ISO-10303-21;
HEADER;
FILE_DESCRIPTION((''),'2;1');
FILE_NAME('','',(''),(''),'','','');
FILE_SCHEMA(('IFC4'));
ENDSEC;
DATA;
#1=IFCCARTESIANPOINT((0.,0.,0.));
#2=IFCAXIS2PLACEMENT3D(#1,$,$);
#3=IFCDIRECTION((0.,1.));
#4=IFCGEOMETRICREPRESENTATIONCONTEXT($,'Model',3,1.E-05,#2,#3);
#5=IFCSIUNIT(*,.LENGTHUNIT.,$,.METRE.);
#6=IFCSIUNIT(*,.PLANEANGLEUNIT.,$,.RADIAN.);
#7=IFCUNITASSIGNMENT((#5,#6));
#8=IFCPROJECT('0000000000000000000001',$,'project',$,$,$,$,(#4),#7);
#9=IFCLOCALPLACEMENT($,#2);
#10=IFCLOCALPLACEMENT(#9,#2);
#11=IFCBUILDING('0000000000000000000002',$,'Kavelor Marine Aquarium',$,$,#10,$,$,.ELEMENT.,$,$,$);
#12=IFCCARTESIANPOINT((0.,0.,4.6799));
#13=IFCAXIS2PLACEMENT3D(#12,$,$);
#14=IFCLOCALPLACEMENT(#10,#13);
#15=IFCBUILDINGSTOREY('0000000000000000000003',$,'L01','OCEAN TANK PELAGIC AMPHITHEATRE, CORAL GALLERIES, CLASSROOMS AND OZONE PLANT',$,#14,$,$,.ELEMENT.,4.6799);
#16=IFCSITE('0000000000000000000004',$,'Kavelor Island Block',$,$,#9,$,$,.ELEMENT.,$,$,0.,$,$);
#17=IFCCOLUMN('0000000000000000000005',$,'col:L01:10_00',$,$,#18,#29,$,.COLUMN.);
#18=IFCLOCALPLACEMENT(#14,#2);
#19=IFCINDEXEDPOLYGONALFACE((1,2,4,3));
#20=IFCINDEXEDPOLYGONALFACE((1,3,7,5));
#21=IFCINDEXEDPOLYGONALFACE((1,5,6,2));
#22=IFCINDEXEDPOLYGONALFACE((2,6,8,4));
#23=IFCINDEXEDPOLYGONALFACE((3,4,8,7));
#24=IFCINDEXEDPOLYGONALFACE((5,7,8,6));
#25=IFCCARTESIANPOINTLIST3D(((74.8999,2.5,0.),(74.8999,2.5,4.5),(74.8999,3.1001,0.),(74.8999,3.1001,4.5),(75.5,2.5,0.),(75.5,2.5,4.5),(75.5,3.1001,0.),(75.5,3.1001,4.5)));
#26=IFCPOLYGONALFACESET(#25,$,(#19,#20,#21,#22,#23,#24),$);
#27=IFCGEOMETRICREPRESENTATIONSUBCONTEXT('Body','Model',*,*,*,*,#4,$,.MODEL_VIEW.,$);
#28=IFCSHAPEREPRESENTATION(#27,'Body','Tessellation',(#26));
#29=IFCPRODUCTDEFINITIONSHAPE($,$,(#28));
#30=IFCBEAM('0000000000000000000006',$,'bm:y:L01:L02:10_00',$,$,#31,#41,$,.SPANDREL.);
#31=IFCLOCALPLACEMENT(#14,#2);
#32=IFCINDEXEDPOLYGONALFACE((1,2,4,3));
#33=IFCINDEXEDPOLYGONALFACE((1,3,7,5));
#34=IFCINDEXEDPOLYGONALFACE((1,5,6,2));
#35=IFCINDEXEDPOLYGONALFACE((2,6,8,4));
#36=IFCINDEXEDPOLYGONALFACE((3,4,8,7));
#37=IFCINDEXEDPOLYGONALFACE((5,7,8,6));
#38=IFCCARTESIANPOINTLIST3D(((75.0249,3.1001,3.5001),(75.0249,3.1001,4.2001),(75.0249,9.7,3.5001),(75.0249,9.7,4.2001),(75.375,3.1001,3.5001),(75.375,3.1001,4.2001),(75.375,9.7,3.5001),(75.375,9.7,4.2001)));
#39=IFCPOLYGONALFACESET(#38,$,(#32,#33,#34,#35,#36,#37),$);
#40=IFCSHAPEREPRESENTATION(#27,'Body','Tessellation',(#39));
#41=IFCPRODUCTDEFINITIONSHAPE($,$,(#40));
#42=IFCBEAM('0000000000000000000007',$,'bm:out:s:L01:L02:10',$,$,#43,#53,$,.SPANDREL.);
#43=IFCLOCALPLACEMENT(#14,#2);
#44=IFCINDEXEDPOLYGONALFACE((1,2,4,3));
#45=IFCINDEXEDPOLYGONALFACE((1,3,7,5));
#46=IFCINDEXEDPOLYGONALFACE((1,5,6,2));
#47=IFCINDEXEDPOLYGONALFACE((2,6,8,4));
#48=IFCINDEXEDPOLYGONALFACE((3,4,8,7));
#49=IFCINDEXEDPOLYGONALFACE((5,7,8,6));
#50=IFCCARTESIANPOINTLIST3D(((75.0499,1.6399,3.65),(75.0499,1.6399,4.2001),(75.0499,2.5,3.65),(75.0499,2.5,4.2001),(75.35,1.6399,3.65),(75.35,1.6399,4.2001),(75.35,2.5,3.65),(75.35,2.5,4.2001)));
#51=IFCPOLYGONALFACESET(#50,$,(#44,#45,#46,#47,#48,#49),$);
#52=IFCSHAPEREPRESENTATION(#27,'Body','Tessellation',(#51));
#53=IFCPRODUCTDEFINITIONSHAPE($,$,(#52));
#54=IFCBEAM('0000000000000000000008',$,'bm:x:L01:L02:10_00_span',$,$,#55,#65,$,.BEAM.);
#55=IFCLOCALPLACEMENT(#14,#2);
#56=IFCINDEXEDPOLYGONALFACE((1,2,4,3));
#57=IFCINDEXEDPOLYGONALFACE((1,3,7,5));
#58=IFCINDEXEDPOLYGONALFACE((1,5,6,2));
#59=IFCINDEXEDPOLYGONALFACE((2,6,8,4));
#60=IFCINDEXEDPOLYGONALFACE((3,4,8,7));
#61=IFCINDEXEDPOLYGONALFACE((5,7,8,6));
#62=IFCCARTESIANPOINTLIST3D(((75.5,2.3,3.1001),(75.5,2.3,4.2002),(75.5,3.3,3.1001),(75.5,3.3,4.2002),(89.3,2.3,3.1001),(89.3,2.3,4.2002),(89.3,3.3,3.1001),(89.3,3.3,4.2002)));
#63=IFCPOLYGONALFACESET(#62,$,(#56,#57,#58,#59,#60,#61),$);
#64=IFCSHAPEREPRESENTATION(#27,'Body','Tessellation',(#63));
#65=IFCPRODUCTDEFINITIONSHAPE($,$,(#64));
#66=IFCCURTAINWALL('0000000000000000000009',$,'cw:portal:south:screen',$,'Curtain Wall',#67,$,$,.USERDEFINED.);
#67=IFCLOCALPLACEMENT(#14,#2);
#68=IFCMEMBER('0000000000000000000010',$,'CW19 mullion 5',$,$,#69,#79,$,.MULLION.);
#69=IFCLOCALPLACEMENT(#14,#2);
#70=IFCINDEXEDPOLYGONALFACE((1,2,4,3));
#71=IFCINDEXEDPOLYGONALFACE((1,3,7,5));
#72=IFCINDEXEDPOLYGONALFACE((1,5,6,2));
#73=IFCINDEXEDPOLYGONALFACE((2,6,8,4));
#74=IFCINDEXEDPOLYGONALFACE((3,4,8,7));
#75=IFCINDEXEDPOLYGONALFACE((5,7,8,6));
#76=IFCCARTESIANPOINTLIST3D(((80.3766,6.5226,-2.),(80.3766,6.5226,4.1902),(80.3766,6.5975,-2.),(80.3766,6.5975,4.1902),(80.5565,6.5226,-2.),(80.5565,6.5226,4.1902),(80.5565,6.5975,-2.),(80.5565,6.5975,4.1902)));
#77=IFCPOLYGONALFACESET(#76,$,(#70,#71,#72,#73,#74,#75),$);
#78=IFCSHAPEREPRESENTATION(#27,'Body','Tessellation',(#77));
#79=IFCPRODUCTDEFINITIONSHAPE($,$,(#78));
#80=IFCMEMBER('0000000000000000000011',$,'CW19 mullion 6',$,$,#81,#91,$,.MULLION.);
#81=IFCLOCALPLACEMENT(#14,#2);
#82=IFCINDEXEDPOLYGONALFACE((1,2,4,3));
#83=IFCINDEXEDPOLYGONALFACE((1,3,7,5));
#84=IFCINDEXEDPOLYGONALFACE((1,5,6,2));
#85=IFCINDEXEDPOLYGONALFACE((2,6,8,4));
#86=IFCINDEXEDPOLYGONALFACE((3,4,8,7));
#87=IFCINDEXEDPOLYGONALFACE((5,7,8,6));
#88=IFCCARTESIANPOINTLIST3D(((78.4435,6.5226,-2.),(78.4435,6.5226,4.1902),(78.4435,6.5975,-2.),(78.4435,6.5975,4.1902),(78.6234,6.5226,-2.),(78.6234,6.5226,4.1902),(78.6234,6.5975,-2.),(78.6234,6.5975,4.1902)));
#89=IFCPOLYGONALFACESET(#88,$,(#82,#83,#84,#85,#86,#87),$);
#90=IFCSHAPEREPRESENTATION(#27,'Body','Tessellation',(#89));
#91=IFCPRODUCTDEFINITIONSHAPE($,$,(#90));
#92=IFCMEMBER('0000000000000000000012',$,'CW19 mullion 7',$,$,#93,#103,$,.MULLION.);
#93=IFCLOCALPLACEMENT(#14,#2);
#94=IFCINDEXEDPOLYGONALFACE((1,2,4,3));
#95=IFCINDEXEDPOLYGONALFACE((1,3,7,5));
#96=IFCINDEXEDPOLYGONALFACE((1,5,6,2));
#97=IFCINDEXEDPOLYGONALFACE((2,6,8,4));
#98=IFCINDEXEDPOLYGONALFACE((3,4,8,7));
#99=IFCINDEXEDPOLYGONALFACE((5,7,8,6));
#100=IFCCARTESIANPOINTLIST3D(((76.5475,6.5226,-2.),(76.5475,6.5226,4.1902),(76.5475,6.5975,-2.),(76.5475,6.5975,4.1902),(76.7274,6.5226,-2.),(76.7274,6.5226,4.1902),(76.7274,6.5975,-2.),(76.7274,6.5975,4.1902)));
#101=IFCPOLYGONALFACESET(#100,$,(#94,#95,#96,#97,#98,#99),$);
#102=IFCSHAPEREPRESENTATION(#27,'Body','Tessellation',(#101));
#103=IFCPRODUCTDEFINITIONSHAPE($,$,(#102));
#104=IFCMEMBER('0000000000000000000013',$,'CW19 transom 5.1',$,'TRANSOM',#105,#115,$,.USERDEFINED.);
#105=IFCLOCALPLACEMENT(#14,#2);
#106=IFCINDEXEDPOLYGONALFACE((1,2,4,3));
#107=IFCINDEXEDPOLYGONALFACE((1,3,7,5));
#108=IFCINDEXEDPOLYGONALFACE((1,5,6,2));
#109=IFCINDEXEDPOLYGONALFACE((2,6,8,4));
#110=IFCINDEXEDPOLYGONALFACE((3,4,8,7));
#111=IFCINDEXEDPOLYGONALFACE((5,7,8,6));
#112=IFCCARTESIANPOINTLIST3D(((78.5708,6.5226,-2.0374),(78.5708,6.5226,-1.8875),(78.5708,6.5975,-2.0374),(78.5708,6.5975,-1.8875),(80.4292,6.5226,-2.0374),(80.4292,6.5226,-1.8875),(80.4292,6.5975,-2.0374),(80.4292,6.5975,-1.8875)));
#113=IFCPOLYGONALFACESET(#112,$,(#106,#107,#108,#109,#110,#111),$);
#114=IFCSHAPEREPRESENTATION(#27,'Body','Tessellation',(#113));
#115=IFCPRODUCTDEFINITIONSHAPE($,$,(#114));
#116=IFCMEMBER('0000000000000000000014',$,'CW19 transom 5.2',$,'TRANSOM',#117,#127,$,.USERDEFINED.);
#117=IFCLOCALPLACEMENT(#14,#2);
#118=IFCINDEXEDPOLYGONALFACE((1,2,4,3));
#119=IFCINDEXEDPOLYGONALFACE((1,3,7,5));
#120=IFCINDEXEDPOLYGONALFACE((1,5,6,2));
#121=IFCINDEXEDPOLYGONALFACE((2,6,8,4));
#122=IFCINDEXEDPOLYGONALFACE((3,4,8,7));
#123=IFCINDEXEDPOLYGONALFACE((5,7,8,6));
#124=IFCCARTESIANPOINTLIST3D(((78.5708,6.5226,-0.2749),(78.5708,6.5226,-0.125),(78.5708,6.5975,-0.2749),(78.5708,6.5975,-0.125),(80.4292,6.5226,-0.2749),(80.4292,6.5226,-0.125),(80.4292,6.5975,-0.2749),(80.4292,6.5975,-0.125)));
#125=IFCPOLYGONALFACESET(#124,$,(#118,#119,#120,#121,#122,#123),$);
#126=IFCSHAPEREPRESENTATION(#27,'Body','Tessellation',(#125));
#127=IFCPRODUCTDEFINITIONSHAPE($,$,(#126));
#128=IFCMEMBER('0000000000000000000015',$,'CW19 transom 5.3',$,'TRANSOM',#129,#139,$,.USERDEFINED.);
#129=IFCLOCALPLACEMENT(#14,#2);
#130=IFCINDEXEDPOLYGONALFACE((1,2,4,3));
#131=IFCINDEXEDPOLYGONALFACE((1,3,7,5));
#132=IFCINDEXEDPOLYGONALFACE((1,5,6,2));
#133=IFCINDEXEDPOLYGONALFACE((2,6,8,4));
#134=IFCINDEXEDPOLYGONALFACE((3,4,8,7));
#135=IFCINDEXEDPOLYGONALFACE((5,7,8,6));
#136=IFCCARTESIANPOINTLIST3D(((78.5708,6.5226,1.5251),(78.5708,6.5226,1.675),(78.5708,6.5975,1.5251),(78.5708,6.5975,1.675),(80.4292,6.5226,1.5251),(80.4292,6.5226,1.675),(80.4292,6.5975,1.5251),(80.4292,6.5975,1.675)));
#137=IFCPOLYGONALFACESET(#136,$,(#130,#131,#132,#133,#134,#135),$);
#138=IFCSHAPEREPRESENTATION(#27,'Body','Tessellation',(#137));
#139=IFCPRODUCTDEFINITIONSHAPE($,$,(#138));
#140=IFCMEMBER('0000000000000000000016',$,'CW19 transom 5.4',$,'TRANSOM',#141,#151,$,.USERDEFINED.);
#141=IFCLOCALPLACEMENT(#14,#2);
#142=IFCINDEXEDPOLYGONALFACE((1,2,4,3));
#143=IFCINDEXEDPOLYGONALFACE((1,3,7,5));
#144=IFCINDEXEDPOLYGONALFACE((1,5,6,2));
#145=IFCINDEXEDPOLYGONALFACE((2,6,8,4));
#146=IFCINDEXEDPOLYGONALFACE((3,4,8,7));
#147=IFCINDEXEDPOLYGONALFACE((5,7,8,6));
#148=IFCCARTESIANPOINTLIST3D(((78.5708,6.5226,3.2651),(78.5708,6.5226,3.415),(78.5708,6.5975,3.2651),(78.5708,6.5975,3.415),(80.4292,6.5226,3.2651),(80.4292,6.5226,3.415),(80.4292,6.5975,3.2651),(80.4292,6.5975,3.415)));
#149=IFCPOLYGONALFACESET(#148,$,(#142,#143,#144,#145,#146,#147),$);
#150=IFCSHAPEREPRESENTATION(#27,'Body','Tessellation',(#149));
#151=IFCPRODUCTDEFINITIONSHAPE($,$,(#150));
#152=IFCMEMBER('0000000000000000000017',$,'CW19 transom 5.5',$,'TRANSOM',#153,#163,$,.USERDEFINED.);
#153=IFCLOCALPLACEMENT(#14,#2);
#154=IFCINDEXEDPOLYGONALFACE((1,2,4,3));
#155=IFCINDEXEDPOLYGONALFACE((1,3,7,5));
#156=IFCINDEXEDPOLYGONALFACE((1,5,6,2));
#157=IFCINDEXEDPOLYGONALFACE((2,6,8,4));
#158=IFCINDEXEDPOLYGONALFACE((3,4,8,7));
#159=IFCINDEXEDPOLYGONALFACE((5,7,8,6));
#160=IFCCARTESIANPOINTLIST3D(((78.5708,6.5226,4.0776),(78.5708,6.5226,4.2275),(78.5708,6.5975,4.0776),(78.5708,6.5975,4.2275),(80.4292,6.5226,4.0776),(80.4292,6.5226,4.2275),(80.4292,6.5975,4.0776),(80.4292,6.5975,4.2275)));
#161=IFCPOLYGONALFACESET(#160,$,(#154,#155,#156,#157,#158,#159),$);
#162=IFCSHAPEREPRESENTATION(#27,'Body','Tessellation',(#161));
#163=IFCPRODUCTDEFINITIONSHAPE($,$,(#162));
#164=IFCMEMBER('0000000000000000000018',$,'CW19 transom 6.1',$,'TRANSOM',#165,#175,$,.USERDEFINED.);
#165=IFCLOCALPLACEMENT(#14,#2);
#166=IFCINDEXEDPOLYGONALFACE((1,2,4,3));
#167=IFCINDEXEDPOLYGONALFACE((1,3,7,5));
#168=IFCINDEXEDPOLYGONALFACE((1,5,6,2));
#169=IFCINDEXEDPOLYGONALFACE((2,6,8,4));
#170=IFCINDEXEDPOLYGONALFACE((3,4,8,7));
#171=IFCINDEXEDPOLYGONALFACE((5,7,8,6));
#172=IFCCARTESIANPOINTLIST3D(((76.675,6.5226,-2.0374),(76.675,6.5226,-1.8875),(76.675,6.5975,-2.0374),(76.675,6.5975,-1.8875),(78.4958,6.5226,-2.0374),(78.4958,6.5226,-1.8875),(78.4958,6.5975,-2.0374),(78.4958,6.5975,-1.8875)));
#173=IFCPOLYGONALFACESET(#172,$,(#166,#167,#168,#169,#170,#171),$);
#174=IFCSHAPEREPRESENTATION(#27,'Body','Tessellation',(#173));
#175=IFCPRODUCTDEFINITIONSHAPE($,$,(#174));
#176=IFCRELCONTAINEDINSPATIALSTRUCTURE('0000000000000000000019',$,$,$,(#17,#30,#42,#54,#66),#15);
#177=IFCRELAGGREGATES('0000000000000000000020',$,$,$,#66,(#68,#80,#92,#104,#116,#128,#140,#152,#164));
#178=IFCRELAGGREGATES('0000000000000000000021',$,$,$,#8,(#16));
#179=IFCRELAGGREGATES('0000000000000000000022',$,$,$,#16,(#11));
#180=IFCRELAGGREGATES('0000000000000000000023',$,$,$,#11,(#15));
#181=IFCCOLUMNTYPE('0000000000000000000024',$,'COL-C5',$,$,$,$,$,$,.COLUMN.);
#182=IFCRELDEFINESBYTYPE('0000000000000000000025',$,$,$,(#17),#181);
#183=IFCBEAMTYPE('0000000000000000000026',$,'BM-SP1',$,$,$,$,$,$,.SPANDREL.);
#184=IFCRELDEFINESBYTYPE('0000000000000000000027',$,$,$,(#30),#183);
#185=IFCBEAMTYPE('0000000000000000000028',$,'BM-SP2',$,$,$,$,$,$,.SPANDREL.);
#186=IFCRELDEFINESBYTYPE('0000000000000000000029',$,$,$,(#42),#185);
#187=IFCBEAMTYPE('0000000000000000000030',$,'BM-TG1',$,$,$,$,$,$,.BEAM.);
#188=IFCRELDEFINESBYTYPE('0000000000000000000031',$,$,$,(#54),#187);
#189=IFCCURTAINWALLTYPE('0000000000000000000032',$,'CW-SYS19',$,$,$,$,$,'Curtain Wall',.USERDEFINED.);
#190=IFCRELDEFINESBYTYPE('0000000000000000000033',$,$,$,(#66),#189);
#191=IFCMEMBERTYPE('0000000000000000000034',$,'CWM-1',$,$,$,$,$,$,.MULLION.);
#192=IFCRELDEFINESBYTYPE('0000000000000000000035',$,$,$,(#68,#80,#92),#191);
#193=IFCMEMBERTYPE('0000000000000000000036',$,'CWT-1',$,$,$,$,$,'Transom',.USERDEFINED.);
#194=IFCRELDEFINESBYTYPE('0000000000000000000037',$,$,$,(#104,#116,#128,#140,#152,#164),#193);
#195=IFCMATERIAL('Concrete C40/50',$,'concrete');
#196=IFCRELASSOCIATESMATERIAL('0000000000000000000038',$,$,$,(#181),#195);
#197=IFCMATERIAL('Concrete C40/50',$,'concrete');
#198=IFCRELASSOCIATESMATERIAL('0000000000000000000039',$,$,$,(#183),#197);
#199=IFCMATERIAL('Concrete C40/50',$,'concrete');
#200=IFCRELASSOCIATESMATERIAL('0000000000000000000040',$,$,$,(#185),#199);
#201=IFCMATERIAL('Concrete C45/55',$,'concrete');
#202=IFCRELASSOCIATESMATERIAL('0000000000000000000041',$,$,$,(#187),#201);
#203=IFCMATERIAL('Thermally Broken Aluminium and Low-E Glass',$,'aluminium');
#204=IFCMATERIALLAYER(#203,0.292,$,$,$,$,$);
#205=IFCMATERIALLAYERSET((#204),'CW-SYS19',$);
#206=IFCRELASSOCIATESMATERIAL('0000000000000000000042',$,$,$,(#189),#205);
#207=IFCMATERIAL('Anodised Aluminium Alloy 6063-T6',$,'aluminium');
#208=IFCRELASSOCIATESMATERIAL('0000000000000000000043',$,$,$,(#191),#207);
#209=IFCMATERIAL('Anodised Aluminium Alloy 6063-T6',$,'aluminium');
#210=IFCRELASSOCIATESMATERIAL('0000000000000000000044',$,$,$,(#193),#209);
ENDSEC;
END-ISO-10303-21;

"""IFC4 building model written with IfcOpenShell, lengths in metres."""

from ifc_helpers import new_model, si_unit, direction, frame, origin, origin_2d, place, context, subcontext, project, spatial, rectangle, extrude, material, layer, layer_set, material_profile, profile_set, type_object, element, aggregate, save


model = new_model("IFC4")

# Units and contexts
model_context = context("Model", 3, precision=1e-05, world=origin(), true_north=direction((0.0, 1.0)))
body_context = subcontext(model_context, "Body", "Model", "MODEL_VIEW")
ifc_project = project(units=[si_unit("LENGTHUNIT", "METRE"), si_unit("PLANEANGLEUNIT", "RADIAN")], contexts=[model_context])

# Site, building, storey
site_placement = place(None, origin())
site = spatial("IfcSite", under=ifc_project, at=site_placement, Name="Kavelor Island Block", CompositionType="ELEMENT", RefElevation=0.0)
building_placement = place(site_placement, origin())
building = spatial("IfcBuilding", under=site, at=building_placement, Name="Kavelor Marine Aquarium", CompositionType="ELEMENT")
storey_placement = place(building_placement, frame((0.0, 0.0, 4.6799)))
storey = spatial("IfcBuildingStorey", under=building, at=storey_placement, Name="L01", Description="OCEAN TANK PELAGIC AMPHITHEATRE, CORAL GALLERIES, CLASSROOMS AND OZONE PLANT", CompositionType="ELEMENT", Elevation=4.6799)

# Column
ifc_material_1 = material(Name="Concrete C40/50", Category="concrete")
ifc_material_profile_1 = material_profile(ifc_material_1, rectangle(XDim=0.6001, YDim=0.6001, at=origin_2d()), Name="RC-COL 600x600")
ifc_profile_set_1 = profile_set([ifc_material_profile_1], Name="Concrete C40/50")
column_type = type_object("IfcColumnType", Name="COL-C5", PredefinedType="COLUMN", material=ifc_profile_set_1)
column_placement = place(storey_placement, frame((75.2, 2.8, 0.0), z_axis=(0.0, 0.0, 1.0), x_axis=(1.0, 0.0, 0.0)))
element("IfcColumn", 1, at=column_placement, inside=storey, type_object=column_type, Name="col:L01:10_00", PredefinedType="COLUMN", context=body_context, shape_type="SweptSolid", body=[
    extrude(rectangle(XDim=0.6001, YDim=0.6001, at=origin_2d()), origin(), (0.0, 0.0, 1.0), 4.5),
])

# Beams
ifc_material_2 = material(Name="Concrete C40/50", Category="concrete")
ifc_material_profile_2 = material_profile(ifc_material_2, rectangle(XDim=0.3501, YDim=0.7, at=origin_2d()), Name="RC-SP 350x700")
ifc_profile_set_2 = profile_set([ifc_material_profile_2], Name="Concrete C40/50")
beam_type_1 = type_object("IfcBeamType", Name="BM-SP1", PredefinedType="SPANDREL", material=ifc_profile_set_2)
beam_1_placement = place(storey_placement, frame((75.2, 3.1001, 3.8501), z_axis=(0.0, 1.0, 0.0), x_axis=(-1.0, 0.0, 0.0)))
element("IfcBeam", 2, at=beam_1_placement, inside=storey, type_object=beam_type_1, Name="bm:y:L01:L02:10_00", PredefinedType="SPANDREL", context=body_context, shape_type="SweptSolid", body=[
    extrude(rectangle(XDim=0.3501, YDim=0.7, at=origin_2d()), origin(), (0.0, 0.0, 1.0), 6.5999),
])
ifc_material_3 = material(Name="Concrete C40/50", Category="concrete")
ifc_material_profile_3 = material_profile(ifc_material_3, rectangle(XDim=0.3, YDim=0.55, at=origin_2d()), Name="RC-SP 300x550")
ifc_profile_set_3 = profile_set([ifc_material_profile_3], Name="Concrete C40/50")
beam_type_2 = type_object("IfcBeamType", Name="BM-SP2", PredefinedType="SPANDREL", material=ifc_profile_set_3)
beam_2_placement = place(storey_placement, frame((75.2, 1.6399, 3.925), z_axis=(0.0, 1.0, 0.0), x_axis=(-1.0, 0.0, 0.0)))
element("IfcBeam", 3, at=beam_2_placement, inside=storey, type_object=beam_type_2, Name="bm:out:s:L01:L02:10", PredefinedType="SPANDREL", context=body_context, shape_type="SweptSolid", body=[
    extrude(rectangle(XDim=0.3, YDim=0.55, at=origin_2d()), origin(), (0.0, 0.0, 1.0), 0.8601),
])
ifc_material_4 = material(Name="Concrete C45/55", Category="concrete")
ifc_material_profile_4 = material_profile(ifc_material_4, rectangle(XDim=1.0, YDim=1.1001, at=origin_2d()), Name="RC-TG 1000x1100")
ifc_profile_set_4 = profile_set([ifc_material_profile_4], Name="Concrete C45/55")
beam_type_3 = type_object("IfcBeamType", Name="BM-TG1", PredefinedType="BEAM", material=ifc_profile_set_4)
beam_3_placement = place(storey_placement, frame((75.5, 2.8, 3.6501), z_axis=(1.0, 0.0, 0.0), x_axis=(0.0, 1.0, 0.0)))
element("IfcBeam", 4, at=beam_3_placement, inside=storey, type_object=beam_type_3, Name="bm:x:L01:L02:10_00_span", PredefinedType="BEAM", context=body_context, shape_type="SweptSolid", body=[
    extrude(rectangle(XDim=1.0, YDim=1.1001, at=origin_2d()), origin(), (0.0, 0.0, 1.0), 13.8),
])

# Curtain wall, members
ifc_material_5 = material(Name="Thermally Broken Aluminium and Low-E Glass", Category="aluminium")
ifc_layer_1 = layer(ifc_material_5, 0.292)
ifc_layer_set_1 = layer_set([ifc_layer_1], Name="CW-SYS19")
curtain_wall_type = type_object("IfcCurtainWallType", Name="CW-SYS19", ElementType="Curtain Wall", PredefinedType="USERDEFINED", material=ifc_layer_set_1)
curtain_wall_placement = place(storey_placement, origin())
curtain_wall = element("IfcCurtainWall", 5, at=curtain_wall_placement, inside=storey, type_object=curtain_wall_type, Name="cw:portal:south:screen", ObjectType="Curtain Wall", PredefinedType="USERDEFINED")
ifc_material_6 = material(Name="Anodised Aluminium Alloy 6063-T6", Category="aluminium")
ifc_material_profile_5 = material_profile(ifc_material_6, rectangle(XDim=0.075, YDim=0.1799, at=origin_2d()), Name="CW-MUL 75x180")
ifc_profile_set_5 = profile_set([ifc_material_profile_5], Name="Anodised Aluminium Alloy 6063-T6")
member_type_1 = type_object("IfcMemberType", Name="CWM-1", PredefinedType="MULLION", material=ifc_profile_set_5)
member_1_placement = place(storey_placement, frame((80.4666, 6.5601, -2.0), z_axis=(0.0, 0.0, 1.0), x_axis=(0.0, -1.0, 0.0)))
member_1 = element("IfcMember", 6, at=member_1_placement, type_object=member_type_1, Name="CW19 mullion 5", PredefinedType="MULLION", context=body_context, shape_type="SweptSolid", body=[
    extrude(rectangle(XDim=0.075, YDim=0.1799, at=origin_2d()), origin(), (0.0, 0.0, 1.0), 6.1902),
])
member_2_placement = place(storey_placement, frame((78.5334, 6.5601, -2.0), z_axis=(0.0, 0.0, 1.0), x_axis=(0.0, -1.0, 0.0)))
member_2 = element("IfcMember", 7, at=member_2_placement, type_object=member_type_1, Name="CW19 mullion 6", PredefinedType="MULLION", context=body_context, shape_type="SweptSolid", body=[
    extrude(rectangle(XDim=0.075, YDim=0.1799, at=origin_2d()), origin(), (0.0, 0.0, 1.0), 6.1902),
])
member_3_placement = place(storey_placement, frame((76.6375, 6.5601, -2.0), z_axis=(0.0, 0.0, 1.0), x_axis=(0.0, -1.0, 0.0)))
member_3 = element("IfcMember", 8, at=member_3_placement, type_object=member_type_1, Name="CW19 mullion 7", PredefinedType="MULLION", context=body_context, shape_type="SweptSolid", body=[
    extrude(rectangle(XDim=0.075, YDim=0.1799, at=origin_2d()), origin(), (0.0, 0.0, 1.0), 6.1902),
])
ifc_material_7 = material(Name="Anodised Aluminium Alloy 6063-T6", Category="aluminium")
ifc_material_profile_6 = material_profile(ifc_material_7, rectangle(XDim=0.075, YDim=0.1499, at=origin_2d()), Name="CW-TRN 75x150")
ifc_profile_set_6 = profile_set([ifc_material_profile_6], Name="Anodised Aluminium Alloy 6063-T6")
member_type_2 = type_object("IfcMemberType", Name="CWT-1", ElementType="Transom", PredefinedType="USERDEFINED", material=ifc_profile_set_6)
member_4_placement = place(storey_placement, frame((80.4292, 6.5601, -1.9624), z_axis=(-1.0, 0.0, 0.0), x_axis=(0.0, -1.0, 0.0)))
member_4 = element("IfcMember", 9, at=member_4_placement, type_object=member_type_2, Name="CW19 transom 5.1", ObjectType="TRANSOM", PredefinedType="USERDEFINED", context=body_context, shape_type="SweptSolid", body=[
    extrude(rectangle(XDim=0.075, YDim=0.1499, at=origin_2d()), origin(), (0.0, 0.0, 1.0), 1.8584),
])
member_5_placement = place(storey_placement, frame((80.4292, 6.5601, -0.2), z_axis=(-1.0, 0.0, 0.0), x_axis=(0.0, -1.0, 0.0)))
member_5 = element("IfcMember", 10, at=member_5_placement, type_object=member_type_2, Name="CW19 transom 5.2", ObjectType="TRANSOM", PredefinedType="USERDEFINED", context=body_context, shape_type="SweptSolid", body=[
    extrude(rectangle(XDim=0.075, YDim=0.1499, at=origin_2d()), origin(), (0.0, 0.0, 1.0), 1.8584),
])
member_6_placement = place(storey_placement, frame((80.4292, 6.5601, 1.6001), z_axis=(-1.0, 0.0, 0.0), x_axis=(0.0, -1.0, 0.0)))
member_6 = element("IfcMember", 11, at=member_6_placement, type_object=member_type_2, Name="CW19 transom 5.3", ObjectType="TRANSOM", PredefinedType="USERDEFINED", context=body_context, shape_type="SweptSolid", body=[
    extrude(rectangle(XDim=0.075, YDim=0.1499, at=origin_2d()), origin(), (0.0, 0.0, 1.0), 1.8584),
])
member_7_placement = place(storey_placement, frame((80.4292, 6.5601, 3.3401), z_axis=(-1.0, 0.0, 0.0), x_axis=(0.0, -1.0, 0.0)))
member_7 = element("IfcMember", 12, at=member_7_placement, type_object=member_type_2, Name="CW19 transom 5.4", ObjectType="TRANSOM", PredefinedType="USERDEFINED", context=body_context, shape_type="SweptSolid", body=[
    extrude(rectangle(XDim=0.075, YDim=0.1499, at=origin_2d()), origin(), (0.0, 0.0, 1.0), 1.8584),
])
member_8_placement = place(storey_placement, frame((80.4292, 6.5601, 4.1526), z_axis=(-1.0, 0.0, 0.0), x_axis=(0.0, -1.0, 0.0)))
member_8 = element("IfcMember", 13, at=member_8_placement, type_object=member_type_2, Name="CW19 transom 5.5", ObjectType="TRANSOM", PredefinedType="USERDEFINED", context=body_context, shape_type="SweptSolid", body=[
    extrude(rectangle(XDim=0.075, YDim=0.1499, at=origin_2d()), origin(), (0.0, 0.0, 1.0), 1.8584),
])
member_9_placement = place(storey_placement, frame((78.4958, 6.5601, -1.9624), z_axis=(-1.0, 0.0, 0.0), x_axis=(0.0, -1.0, 0.0)))
member_9 = element("IfcMember", 14, at=member_9_placement, type_object=member_type_2, Name="CW19 transom 6.1", ObjectType="TRANSOM", PredefinedType="USERDEFINED", context=body_context, shape_type="SweptSolid", body=[
    extrude(rectangle(XDim=0.075, YDim=0.1499, at=origin_2d()), origin(), (0.0, 0.0, 1.0), 1.8208),
])

aggregate(curtain_wall, [member_1, member_2, member_3, member_4, member_5, member_6, member_7, member_8, member_9])

save(model, "model.ifc")
